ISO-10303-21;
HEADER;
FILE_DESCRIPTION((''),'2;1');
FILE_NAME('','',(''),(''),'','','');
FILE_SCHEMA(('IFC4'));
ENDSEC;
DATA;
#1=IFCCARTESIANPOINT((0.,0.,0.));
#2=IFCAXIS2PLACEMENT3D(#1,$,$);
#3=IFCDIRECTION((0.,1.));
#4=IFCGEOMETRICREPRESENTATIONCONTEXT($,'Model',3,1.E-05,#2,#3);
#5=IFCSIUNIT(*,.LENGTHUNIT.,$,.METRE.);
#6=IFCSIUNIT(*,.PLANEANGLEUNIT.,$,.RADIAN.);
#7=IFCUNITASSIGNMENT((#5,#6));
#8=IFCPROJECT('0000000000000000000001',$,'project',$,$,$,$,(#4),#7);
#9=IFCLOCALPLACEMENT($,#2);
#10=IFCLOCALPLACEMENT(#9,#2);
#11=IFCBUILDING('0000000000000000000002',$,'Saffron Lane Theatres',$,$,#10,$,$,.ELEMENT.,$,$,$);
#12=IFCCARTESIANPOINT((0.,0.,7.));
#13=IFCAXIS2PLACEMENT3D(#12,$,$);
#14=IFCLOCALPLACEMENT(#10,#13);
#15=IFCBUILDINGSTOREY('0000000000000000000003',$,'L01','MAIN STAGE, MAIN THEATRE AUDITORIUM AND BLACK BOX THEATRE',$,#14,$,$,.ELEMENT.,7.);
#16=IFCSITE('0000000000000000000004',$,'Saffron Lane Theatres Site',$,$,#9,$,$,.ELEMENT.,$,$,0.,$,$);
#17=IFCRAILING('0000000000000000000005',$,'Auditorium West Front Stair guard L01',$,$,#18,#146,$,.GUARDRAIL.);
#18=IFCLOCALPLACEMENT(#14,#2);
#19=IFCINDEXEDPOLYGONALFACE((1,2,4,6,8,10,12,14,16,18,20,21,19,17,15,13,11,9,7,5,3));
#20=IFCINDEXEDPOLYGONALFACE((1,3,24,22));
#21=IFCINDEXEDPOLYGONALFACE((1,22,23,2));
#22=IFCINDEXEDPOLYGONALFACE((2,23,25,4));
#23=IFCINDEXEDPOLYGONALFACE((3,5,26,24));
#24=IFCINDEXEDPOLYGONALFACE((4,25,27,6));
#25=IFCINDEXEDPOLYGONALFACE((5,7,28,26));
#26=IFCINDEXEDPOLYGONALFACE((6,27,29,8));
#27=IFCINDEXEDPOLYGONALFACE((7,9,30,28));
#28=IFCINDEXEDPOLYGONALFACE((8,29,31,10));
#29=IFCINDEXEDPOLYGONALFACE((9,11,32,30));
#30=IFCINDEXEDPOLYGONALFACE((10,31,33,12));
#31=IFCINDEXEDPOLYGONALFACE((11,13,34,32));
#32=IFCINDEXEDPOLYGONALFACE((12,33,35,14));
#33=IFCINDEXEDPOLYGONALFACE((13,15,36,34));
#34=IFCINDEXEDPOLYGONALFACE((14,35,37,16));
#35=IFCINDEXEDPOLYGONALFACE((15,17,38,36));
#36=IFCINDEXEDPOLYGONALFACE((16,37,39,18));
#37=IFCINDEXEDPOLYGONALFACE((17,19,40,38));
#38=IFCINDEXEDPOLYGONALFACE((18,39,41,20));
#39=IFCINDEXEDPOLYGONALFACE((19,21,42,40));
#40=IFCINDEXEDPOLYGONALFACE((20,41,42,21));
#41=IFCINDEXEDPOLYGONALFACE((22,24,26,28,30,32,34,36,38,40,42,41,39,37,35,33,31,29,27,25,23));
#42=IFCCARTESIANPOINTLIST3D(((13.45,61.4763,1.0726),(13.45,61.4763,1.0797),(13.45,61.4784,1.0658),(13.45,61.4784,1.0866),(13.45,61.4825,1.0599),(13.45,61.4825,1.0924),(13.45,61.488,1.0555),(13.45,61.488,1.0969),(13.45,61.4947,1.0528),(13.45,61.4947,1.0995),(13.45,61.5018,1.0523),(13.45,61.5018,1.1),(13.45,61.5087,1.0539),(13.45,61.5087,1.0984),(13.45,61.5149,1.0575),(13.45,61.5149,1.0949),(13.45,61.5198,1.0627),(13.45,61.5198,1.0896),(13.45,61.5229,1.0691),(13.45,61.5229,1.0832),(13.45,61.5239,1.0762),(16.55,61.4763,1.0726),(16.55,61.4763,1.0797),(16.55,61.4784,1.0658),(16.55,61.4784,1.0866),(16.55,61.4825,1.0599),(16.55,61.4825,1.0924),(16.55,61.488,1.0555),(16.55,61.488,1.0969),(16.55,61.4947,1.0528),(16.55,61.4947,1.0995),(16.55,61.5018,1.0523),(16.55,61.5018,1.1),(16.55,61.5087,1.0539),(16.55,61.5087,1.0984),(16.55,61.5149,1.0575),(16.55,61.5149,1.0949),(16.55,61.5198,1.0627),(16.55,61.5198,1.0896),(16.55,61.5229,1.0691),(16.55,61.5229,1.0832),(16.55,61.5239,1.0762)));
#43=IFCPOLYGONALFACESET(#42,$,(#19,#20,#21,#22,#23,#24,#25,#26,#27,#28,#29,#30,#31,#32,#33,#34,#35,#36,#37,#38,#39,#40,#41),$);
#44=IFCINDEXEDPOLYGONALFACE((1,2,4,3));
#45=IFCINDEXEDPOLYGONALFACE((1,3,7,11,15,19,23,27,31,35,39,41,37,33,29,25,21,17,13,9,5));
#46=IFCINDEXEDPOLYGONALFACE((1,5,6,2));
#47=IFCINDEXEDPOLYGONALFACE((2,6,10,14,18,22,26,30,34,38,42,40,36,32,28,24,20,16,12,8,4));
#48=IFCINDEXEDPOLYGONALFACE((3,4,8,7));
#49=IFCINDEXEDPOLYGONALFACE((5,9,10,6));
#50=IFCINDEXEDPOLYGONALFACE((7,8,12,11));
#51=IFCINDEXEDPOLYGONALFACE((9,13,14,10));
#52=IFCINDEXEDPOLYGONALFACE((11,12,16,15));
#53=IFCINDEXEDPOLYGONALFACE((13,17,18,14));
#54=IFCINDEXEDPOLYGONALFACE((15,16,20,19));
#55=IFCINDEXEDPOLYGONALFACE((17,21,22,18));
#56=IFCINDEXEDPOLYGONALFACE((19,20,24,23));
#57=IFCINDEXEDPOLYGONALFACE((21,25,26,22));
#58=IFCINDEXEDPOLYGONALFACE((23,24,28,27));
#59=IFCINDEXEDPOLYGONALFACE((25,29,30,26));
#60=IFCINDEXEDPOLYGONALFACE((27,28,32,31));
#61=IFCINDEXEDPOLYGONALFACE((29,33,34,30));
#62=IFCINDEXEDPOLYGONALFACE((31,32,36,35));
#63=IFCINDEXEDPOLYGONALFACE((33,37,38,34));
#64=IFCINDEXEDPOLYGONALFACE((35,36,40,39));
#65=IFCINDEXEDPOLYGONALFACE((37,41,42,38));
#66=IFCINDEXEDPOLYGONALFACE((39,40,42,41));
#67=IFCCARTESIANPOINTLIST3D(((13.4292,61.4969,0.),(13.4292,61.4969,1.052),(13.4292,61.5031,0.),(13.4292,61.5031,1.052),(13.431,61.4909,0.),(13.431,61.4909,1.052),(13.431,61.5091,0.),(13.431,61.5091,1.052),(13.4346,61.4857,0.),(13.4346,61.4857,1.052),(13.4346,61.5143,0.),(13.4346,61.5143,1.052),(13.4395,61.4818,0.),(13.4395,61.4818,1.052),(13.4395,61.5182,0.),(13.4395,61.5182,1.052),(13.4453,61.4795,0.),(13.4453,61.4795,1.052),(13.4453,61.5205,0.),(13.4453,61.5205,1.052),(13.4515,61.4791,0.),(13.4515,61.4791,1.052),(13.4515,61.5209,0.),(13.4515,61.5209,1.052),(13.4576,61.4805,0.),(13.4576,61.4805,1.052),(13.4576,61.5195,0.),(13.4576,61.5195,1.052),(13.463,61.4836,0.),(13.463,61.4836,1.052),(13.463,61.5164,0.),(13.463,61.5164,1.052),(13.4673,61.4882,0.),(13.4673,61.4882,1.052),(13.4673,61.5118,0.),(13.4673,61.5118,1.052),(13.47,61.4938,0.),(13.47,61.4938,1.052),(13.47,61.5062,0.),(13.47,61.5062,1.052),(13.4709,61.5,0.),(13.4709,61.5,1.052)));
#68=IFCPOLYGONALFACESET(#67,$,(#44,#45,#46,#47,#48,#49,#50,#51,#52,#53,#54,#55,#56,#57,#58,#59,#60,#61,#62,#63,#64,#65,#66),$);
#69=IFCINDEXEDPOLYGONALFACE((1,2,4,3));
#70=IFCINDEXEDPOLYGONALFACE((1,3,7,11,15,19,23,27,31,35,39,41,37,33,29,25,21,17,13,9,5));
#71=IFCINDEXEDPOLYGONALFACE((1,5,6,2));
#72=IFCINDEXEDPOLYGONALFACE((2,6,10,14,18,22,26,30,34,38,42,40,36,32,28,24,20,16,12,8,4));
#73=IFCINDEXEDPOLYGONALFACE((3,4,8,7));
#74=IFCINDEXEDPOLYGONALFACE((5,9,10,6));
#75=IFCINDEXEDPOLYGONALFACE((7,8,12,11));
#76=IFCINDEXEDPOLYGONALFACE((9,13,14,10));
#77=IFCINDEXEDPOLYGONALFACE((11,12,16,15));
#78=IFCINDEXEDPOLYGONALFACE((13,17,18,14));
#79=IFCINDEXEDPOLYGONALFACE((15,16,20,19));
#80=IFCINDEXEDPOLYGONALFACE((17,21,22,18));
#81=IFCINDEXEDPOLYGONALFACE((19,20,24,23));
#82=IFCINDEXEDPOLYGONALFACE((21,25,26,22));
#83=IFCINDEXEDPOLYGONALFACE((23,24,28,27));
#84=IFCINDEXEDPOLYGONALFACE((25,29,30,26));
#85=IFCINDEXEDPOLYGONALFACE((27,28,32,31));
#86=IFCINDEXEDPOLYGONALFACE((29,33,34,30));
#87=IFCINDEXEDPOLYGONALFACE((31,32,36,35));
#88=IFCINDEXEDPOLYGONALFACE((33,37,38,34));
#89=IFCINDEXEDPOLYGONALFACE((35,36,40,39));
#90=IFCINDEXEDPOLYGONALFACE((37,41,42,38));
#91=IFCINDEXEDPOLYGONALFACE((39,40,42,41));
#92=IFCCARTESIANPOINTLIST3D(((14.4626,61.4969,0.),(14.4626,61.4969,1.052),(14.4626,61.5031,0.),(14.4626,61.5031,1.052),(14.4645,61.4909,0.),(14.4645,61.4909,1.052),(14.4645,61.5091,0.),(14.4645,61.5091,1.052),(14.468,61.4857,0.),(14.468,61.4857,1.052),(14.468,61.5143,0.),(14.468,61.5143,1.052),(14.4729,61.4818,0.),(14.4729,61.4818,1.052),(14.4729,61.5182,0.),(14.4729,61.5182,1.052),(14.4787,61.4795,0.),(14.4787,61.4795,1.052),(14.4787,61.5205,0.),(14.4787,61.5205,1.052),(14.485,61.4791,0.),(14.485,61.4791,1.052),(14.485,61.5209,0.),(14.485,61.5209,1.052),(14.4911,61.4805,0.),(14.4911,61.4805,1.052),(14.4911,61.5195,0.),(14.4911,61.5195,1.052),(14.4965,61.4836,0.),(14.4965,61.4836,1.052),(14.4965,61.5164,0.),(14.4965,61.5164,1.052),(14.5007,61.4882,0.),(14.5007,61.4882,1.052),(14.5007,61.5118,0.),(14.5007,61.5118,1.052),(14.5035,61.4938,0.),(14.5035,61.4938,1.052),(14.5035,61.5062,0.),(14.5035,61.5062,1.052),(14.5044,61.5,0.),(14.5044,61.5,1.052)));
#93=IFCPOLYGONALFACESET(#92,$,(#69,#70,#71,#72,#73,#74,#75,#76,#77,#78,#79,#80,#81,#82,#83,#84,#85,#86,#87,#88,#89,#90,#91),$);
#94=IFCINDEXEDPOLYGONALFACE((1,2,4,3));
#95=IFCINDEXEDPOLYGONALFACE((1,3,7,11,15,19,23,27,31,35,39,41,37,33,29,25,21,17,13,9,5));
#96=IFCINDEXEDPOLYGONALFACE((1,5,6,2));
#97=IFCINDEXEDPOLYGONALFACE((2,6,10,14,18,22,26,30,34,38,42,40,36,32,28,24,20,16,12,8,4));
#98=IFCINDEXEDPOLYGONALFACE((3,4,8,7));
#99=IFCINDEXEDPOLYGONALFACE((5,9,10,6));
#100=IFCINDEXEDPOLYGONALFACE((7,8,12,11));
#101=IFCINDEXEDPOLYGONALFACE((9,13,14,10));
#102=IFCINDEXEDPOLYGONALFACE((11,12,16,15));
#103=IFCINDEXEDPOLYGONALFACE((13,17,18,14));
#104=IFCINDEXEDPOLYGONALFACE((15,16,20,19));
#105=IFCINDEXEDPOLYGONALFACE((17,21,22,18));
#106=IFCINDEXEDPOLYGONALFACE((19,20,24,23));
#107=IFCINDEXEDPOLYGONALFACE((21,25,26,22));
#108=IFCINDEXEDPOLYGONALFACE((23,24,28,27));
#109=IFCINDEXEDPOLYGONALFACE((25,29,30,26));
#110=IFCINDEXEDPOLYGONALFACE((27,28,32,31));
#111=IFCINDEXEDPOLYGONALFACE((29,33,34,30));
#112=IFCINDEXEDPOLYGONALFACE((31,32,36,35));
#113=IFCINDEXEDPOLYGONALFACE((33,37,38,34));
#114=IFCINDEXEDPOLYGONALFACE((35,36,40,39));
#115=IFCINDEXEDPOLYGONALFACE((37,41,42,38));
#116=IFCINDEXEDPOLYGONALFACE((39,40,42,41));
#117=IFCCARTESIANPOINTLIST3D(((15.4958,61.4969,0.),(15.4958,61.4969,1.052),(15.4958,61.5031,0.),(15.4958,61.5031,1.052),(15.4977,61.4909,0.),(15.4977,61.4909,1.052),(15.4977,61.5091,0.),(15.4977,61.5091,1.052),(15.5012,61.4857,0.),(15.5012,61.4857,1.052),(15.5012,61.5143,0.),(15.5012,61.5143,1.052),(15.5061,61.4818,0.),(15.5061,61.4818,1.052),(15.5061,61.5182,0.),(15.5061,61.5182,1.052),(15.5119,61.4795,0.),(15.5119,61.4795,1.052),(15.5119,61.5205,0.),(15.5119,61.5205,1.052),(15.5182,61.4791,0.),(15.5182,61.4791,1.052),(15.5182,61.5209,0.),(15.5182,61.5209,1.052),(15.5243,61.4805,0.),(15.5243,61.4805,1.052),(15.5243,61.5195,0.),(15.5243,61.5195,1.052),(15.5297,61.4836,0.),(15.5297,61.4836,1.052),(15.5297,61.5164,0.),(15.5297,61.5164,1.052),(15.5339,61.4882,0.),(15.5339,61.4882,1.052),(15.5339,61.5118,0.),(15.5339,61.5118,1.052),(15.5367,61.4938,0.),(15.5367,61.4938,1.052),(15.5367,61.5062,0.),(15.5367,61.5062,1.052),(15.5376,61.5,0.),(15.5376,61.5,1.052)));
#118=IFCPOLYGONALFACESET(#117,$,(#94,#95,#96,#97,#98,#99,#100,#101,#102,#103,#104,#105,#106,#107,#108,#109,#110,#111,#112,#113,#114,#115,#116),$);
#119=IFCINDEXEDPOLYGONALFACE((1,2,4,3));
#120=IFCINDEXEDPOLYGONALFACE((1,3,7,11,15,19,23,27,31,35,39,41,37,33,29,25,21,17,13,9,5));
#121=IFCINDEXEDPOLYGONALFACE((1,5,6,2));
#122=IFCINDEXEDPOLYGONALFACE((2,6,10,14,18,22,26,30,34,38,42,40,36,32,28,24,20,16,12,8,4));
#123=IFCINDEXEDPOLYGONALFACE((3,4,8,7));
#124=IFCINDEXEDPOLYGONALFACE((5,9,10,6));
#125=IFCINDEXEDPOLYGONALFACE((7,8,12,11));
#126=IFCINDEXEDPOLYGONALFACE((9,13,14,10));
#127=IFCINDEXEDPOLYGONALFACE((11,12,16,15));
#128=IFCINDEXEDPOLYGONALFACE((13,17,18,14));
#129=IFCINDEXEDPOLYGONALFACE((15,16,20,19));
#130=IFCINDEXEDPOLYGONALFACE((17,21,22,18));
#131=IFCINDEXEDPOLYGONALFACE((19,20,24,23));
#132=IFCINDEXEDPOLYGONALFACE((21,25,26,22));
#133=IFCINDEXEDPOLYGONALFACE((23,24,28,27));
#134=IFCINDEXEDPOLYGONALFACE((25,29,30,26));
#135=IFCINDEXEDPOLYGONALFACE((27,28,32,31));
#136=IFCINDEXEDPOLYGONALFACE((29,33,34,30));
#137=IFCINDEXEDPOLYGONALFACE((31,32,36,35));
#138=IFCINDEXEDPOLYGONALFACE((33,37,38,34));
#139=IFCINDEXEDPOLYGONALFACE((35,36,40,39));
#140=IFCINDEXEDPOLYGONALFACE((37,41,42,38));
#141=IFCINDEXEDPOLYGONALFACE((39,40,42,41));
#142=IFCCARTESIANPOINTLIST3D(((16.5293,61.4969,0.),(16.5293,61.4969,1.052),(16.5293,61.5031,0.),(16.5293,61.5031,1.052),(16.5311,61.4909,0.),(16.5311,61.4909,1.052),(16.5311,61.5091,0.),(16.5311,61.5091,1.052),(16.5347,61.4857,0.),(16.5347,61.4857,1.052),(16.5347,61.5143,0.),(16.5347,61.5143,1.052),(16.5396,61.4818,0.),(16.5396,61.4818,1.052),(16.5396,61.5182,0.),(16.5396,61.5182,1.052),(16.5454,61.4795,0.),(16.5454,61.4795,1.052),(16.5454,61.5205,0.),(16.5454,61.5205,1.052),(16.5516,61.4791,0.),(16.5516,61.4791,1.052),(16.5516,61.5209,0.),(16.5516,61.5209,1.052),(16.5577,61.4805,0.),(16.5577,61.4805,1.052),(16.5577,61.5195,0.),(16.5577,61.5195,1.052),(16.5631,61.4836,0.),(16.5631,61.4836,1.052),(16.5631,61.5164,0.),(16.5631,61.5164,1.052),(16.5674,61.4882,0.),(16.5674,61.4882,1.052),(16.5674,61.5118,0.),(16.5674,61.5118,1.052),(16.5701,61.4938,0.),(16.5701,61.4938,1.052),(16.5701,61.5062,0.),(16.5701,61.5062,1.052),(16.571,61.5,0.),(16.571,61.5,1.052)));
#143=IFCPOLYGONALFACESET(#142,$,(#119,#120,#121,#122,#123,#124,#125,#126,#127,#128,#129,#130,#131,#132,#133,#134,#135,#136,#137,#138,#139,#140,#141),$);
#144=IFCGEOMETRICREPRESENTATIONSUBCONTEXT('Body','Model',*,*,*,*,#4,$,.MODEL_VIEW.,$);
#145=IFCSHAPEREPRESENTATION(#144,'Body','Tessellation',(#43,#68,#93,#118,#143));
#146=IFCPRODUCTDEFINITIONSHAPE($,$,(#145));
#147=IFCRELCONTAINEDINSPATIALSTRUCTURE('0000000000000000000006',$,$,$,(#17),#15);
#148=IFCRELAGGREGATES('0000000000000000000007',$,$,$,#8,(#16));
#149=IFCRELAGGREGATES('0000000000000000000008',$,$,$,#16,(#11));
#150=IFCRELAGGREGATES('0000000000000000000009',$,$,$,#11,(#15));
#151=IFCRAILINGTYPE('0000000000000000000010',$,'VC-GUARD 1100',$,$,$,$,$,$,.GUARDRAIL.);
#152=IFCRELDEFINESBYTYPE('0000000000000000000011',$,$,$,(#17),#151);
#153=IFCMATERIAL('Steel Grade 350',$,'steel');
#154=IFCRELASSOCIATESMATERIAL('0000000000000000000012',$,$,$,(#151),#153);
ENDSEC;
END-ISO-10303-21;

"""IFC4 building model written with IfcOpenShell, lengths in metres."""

from ifc_helpers import new_model, si_unit, direction, frame, origin, origin_2d, place, context, subcontext, project, spatial, circle, extrude, material, type_object, element, save


model = new_model("IFC4")

# Units and contexts
model_context = context("Model", 3, precision=1e-05, world=origin(), true_north=direction((0.0, 1.0)))
body_context = subcontext(model_context, "Body", "Model", "MODEL_VIEW")
ifc_project = project(units=[si_unit("LENGTHUNIT", "METRE"), si_unit("PLANEANGLEUNIT", "RADIAN")], contexts=[model_context])

# Site, building, storey
site_placement = place(None, origin())
site = spatial("IfcSite", under=ifc_project, at=site_placement, Name="Saffron Lane Theatres Site", CompositionType="ELEMENT", RefElevation=0.0)
building_placement = place(site_placement, origin())
building = spatial("IfcBuilding", under=site, at=building_placement, Name="Saffron Lane Theatres", CompositionType="ELEMENT")
storey_placement = place(building_placement, frame((0.0, 0.0, 7.0)))
storey = spatial("IfcBuildingStorey", under=building, at=storey_placement, Name="L01", Description="MAIN STAGE, MAIN THEATRE AUDITORIUM AND BLACK BOX THEATRE", CompositionType="ELEMENT", Elevation=7.0)

# Railing
ifc_material_1 = material(Name="Steel Grade 350", Category="steel")
railing_type_1 = type_object("IfcRailingType", Name="VC-GUARD 1100", PredefinedType="GUARDRAIL", material=ifc_material_1)
railing_1_placement = place(storey_placement, frame((13.45, 61.5, 0.0)))
element("IfcRailing", 1, at=railing_1_placement, inside=storey, type_object=railing_type_1, Name="Auditorium West Front Stair guard L01", PredefinedType="GUARDRAIL", context=body_context, shape_type="SweptSolid", body=[
    extrude(circle(Radius=0.0239, at=origin_2d()), frame((0.0, 0.0, 1.0762), z_axis=(1.0, 0.0, 0.0), x_axis=(0.0, 1.0, 0.0)), (0.0, 0.0, 1.0), 3.1001),
    extrude(circle(Radius=0.021, at=origin_2d()), origin(), (0.0, 0.0, 1.0), 1.052),
    extrude(circle(Radius=0.021, at=origin_2d()), frame((1.0334, 0.0, 0.0)), (0.0, 0.0, 1.0), 1.052),
    extrude(circle(Radius=0.021, at=origin_2d()), frame((2.0667, 0.0, 0.0)), (0.0, 0.0, 1.0), 1.052),
    extrude(circle(Radius=0.021, at=origin_2d()), frame((3.1001, 0.0, 0.0)), (0.0, 0.0, 1.0), 1.052),
])

save(model, "model.ifc")
